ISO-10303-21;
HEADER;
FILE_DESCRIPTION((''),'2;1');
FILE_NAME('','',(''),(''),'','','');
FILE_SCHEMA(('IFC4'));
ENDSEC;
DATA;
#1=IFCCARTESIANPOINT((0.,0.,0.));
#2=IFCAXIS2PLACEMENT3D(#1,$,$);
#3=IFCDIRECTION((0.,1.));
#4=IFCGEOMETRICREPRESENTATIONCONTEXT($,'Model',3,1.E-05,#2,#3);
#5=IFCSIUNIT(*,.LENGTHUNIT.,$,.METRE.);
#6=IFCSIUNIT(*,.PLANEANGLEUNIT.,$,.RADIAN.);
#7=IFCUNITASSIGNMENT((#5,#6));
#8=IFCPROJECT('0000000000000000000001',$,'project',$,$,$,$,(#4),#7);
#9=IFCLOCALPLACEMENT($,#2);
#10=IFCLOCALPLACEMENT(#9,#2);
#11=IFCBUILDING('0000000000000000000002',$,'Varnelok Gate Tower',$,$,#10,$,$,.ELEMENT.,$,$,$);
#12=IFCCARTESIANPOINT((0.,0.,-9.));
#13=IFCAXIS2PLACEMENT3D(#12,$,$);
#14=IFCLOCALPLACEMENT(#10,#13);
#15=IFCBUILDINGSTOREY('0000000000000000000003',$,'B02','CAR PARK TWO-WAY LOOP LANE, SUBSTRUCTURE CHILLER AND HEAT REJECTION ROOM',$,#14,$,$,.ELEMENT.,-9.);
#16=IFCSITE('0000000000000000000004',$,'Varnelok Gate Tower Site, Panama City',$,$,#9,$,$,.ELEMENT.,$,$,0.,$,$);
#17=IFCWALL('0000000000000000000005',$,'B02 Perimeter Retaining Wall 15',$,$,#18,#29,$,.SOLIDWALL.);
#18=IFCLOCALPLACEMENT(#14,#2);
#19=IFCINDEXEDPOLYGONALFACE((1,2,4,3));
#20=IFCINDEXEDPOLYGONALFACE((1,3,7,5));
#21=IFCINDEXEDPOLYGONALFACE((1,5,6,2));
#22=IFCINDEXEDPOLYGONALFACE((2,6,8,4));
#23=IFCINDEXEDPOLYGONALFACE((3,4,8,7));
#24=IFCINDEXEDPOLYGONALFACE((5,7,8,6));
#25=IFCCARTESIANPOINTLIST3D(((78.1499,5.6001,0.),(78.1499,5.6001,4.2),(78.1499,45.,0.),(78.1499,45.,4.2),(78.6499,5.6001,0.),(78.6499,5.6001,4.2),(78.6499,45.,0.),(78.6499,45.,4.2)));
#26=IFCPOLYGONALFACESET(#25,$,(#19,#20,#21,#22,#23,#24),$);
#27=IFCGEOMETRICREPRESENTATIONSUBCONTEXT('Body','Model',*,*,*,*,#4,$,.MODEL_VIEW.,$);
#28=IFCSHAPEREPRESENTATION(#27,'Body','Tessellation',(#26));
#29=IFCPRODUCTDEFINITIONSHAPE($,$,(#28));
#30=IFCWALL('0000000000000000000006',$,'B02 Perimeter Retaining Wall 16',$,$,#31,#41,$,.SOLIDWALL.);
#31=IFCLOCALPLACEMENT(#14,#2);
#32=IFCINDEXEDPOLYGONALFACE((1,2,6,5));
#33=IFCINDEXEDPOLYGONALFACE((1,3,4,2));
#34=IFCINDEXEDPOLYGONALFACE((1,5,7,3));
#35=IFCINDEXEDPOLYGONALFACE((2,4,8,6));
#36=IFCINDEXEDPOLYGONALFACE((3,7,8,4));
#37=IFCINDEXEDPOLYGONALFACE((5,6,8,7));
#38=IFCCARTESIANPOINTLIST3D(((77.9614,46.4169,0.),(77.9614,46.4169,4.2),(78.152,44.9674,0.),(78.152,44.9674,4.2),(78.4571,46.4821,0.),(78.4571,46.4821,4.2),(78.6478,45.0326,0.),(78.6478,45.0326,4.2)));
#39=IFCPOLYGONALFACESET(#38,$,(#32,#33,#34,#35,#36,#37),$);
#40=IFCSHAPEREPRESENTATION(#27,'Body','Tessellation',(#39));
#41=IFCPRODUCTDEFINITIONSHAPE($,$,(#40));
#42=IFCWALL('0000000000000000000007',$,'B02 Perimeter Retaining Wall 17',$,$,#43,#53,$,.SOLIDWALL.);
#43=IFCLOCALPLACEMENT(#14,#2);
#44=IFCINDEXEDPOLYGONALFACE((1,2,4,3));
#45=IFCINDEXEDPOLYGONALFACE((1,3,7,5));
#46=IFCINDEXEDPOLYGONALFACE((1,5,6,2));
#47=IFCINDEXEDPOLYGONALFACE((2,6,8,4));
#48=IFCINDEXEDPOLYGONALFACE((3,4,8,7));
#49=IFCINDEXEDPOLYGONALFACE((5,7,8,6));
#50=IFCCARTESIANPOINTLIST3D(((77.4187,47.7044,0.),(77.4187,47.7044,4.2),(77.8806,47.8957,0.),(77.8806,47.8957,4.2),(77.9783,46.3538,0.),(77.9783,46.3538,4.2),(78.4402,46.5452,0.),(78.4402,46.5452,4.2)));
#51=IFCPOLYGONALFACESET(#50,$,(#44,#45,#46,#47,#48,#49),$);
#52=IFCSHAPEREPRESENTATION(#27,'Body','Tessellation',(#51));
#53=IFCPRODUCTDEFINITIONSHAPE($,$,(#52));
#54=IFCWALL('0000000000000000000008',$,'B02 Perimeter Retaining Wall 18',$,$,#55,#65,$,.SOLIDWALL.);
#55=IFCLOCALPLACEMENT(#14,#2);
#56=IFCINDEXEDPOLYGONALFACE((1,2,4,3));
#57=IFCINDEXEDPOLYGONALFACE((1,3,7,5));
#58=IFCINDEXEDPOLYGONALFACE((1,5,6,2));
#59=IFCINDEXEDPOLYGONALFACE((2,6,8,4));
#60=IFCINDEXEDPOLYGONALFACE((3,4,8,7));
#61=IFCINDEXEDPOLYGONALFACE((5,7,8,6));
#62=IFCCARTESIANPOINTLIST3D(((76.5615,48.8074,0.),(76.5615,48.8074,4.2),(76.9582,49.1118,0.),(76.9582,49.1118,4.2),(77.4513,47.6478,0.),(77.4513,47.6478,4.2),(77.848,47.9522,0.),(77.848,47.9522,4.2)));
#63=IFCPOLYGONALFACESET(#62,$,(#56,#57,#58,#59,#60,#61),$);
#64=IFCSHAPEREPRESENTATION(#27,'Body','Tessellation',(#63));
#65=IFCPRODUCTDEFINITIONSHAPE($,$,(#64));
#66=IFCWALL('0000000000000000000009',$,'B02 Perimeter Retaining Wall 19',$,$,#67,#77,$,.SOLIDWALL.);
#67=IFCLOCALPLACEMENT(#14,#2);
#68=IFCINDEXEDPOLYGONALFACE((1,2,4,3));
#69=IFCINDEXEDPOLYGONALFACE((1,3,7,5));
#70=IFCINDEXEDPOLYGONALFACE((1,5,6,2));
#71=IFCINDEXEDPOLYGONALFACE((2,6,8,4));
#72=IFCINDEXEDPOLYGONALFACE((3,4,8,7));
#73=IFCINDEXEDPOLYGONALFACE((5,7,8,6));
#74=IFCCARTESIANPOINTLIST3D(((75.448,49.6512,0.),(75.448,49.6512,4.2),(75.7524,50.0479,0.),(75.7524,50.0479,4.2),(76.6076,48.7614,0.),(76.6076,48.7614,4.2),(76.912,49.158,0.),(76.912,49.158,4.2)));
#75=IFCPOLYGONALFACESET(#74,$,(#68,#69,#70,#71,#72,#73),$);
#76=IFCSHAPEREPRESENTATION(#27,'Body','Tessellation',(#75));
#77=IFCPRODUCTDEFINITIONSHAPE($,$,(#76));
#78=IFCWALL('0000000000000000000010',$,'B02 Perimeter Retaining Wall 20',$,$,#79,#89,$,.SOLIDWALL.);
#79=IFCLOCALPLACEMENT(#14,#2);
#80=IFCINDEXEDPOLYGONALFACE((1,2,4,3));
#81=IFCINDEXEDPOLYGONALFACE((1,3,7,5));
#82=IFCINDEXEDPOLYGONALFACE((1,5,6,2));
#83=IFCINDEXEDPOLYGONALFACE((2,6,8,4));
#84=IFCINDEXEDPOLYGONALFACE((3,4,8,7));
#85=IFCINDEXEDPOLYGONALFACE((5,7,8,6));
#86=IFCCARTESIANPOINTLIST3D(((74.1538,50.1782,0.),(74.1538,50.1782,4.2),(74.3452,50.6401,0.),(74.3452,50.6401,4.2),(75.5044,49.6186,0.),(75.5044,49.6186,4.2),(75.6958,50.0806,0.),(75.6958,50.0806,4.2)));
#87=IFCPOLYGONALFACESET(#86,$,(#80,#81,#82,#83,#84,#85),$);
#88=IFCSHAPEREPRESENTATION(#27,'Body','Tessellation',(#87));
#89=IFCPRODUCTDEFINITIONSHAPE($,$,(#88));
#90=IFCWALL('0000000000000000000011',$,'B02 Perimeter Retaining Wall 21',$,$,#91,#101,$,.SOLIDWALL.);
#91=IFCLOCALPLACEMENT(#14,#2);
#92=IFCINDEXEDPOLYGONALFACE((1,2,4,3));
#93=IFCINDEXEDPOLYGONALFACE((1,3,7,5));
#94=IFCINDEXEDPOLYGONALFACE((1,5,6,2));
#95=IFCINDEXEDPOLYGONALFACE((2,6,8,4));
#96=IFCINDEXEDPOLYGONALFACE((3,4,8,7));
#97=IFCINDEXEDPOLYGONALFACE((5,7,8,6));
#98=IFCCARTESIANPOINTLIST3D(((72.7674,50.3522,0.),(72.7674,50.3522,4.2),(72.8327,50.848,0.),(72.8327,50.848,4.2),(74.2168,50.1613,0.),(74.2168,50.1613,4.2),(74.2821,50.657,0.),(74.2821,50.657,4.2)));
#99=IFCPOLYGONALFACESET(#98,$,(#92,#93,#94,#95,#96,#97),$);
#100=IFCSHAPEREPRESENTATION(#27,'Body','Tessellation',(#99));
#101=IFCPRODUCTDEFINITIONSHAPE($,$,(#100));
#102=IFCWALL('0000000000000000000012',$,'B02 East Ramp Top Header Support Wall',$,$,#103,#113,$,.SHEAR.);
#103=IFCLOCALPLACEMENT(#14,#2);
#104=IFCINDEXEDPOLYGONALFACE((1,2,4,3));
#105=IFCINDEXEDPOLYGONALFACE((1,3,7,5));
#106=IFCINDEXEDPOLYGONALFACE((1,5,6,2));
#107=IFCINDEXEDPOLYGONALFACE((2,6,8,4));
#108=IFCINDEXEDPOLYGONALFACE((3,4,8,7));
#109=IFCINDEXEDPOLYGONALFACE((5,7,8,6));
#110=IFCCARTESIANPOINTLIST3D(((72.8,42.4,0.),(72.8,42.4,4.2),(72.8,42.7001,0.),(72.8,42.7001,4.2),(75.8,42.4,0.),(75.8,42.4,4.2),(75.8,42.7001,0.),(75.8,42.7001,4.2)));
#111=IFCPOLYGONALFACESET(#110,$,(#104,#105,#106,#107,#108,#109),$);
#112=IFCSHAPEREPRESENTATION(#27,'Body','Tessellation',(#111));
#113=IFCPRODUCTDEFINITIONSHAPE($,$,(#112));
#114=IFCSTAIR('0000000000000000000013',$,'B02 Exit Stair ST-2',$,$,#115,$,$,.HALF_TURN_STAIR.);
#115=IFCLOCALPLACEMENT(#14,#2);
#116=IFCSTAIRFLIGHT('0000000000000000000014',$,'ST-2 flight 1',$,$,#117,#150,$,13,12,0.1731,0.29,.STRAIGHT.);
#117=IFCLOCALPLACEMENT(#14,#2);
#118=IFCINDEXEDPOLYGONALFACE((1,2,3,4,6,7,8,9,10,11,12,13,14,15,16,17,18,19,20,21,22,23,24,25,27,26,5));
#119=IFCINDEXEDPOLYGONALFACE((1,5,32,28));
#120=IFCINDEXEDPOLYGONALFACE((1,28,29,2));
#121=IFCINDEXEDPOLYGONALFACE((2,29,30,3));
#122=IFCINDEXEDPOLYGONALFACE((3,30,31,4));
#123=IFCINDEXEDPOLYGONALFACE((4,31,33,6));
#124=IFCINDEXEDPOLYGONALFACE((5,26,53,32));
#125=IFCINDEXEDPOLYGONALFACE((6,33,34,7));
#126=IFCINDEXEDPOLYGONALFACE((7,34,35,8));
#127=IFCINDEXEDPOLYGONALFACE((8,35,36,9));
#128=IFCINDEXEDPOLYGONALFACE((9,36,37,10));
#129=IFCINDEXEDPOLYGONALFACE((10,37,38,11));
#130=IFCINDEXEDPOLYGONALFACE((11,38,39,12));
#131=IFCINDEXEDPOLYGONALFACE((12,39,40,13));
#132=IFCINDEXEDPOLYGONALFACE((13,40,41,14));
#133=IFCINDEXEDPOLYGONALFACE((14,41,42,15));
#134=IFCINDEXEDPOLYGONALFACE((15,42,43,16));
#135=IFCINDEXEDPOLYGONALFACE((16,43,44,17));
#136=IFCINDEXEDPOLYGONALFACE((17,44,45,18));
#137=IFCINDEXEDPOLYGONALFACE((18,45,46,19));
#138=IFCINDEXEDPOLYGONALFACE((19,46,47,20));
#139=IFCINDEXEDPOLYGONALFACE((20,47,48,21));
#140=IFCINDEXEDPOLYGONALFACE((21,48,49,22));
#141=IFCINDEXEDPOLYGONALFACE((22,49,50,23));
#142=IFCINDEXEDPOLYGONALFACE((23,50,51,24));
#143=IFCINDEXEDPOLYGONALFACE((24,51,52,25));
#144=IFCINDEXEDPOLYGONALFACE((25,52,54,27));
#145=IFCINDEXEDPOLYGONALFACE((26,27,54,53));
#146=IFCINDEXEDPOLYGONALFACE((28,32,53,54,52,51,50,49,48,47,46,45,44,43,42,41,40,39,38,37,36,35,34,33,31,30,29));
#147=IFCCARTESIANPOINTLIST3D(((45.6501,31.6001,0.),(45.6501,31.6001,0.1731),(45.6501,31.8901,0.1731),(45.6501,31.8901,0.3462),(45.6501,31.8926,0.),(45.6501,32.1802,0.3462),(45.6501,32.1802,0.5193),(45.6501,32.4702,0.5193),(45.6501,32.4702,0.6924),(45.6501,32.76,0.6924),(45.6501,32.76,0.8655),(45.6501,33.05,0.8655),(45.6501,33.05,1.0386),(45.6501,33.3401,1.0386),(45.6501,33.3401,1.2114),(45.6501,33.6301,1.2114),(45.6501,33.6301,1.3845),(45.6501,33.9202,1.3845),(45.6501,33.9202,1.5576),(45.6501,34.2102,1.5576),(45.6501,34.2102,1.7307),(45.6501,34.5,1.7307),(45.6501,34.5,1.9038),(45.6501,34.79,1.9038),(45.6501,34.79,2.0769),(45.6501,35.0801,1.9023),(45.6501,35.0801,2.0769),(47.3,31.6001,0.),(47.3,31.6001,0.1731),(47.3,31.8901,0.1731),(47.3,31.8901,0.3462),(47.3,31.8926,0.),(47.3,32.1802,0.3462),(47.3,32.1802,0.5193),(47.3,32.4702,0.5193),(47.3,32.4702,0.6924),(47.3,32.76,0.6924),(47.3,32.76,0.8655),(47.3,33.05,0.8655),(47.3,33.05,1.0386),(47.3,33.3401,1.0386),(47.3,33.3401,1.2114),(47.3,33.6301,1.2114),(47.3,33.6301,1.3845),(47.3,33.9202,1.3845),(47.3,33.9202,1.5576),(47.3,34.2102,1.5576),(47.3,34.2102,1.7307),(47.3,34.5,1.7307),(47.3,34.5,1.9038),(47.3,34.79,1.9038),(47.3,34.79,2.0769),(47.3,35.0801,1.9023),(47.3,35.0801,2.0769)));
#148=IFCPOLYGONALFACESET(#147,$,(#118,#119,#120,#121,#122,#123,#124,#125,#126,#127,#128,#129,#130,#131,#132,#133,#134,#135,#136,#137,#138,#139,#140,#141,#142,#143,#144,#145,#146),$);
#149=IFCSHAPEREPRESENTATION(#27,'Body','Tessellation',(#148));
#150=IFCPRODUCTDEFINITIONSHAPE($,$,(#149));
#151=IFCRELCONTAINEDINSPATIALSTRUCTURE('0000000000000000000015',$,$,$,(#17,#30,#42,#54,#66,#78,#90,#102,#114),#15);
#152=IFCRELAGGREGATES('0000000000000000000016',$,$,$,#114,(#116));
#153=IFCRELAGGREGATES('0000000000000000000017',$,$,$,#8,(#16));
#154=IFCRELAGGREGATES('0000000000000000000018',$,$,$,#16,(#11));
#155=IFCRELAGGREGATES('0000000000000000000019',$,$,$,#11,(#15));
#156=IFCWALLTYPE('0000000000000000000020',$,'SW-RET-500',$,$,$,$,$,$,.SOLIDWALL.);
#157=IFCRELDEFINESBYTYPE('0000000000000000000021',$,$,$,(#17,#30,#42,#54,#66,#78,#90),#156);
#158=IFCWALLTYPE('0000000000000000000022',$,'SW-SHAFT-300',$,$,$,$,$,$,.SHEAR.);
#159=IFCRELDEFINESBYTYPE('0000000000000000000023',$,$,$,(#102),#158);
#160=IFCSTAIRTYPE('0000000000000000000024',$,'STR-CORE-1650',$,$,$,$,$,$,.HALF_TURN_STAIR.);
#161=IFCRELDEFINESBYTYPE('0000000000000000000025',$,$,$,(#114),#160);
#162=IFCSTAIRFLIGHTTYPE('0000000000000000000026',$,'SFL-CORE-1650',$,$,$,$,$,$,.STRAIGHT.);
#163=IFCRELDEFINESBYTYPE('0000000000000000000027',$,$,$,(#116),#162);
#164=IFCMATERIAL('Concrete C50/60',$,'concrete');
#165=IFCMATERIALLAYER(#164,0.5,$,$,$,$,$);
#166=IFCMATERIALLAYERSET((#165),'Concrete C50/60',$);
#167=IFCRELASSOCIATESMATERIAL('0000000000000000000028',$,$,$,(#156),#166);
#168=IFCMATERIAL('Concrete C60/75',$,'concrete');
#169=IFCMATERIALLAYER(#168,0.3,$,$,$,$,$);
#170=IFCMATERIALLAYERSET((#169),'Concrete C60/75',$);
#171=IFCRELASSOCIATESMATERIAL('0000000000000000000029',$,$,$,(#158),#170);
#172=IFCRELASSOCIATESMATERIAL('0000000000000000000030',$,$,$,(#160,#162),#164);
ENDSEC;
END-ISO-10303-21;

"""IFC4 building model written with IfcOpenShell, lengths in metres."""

from ifc_helpers import new_model, si_unit, direction, frame, frame_2d, origin, place, context, subcontext, project, spatial, polyline, rectangle, outline, extrude, material, layer, layer_set, type_object, element, aggregate, save


model = new_model("IFC4")

# Units and contexts
model_context = context("Model", 3, precision=1e-05, world=origin(), true_north=direction((0.0, 1.0)))
body_context = subcontext(model_context, "Body", "Model", "MODEL_VIEW")
ifc_project = project(units=[si_unit("LENGTHUNIT", "METRE"), si_unit("PLANEANGLEUNIT", "RADIAN")], contexts=[model_context])

# Site, building, storey
site_placement = place(None, origin())
site = spatial("IfcSite", under=ifc_project, at=site_placement, Name="Varnelok Gate Tower Site, Panama City", CompositionType="ELEMENT", RefElevation=0.0)
building_placement = place(site_placement, origin())
building = spatial("IfcBuilding", under=site, at=building_placement, Name="Varnelok Gate Tower", CompositionType="ELEMENT")
storey_placement = place(building_placement, frame((0.0, 0.0, -9.0)))
storey = spatial("IfcBuildingStorey", under=building, at=storey_placement, Name="B02", Description="CAR PARK TWO-WAY LOOP LANE, SUBSTRUCTURE CHILLER AND HEAT REJECTION ROOM", CompositionType="ELEMENT", Elevation=-9.0)

# Shared definitions
ifc_material_1 = material(Name="Concrete C50/60", Category="concrete")

# Shared definitions
ifc_material_2 = material(Name="Concrete C60/75", Category="concrete")

# Walls
ifc_layer_1 = layer(ifc_material_1, 0.5)
ifc_layer_set_1 = layer_set([ifc_layer_1], Name="Concrete C50/60")
wall_type_1 = type_object("IfcWallType", Name="SW-RET-500", PredefinedType="SOLIDWALL", material=ifc_layer_set_1)
wall_1_placement = place(storey_placement, frame((78.3999, 45.0, 0.0), z_axis=(0.0, 0.0, 1.0), x_axis=(0.0, -1.0, 0.0)))
element("IfcWall", 1, at=wall_1_placement, inside=storey, type_object=wall_type_1, Name="B02 Perimeter Retaining Wall 15", PredefinedType="SOLIDWALL", context=body_context, shape_type="SweptSolid", body=[
    extrude(rectangle(XDim=39.3999, YDim=0.5, at=frame_2d((19.7, 0.0))), origin(), (0.0, 0.0, 1.0), 4.2),
])
for number, where, z_axis, x_axis, name in (
    (2, (78.2092, 46.4495, 0.0), (0.0, 0.0, 1.0), (0.130424, -0.991458, 0.0), "B02 Perimeter Retaining Wall 16"),
    (3, (77.6497, 47.8, 0.0), (0.0, 0.0, 1.0), (0.382765, -0.923846, 0.0), "B02 Perimeter Retaining Wall 17"),
):
    element("IfcWall", number, at=place(storey_placement, frame(where, z_axis=z_axis, x_axis=x_axis)), inside=storey, type_object=wall_type_1, Name=name, PredefinedType="SOLIDWALL", context=body_context, shape_type="SweptSolid", body=[
        extrude(rectangle(XDim=1.4619, YDim=0.5, at=frame_2d((0.731, 0.0))), origin(), (0.0, 0.0, 1.0), 4.2),
    ])
for number, where, z_axis, x_axis, name in (
    (4, (76.7598, 48.9597, 0.0), (0.0, 0.0, 1.0), (0.608782, -0.793337, 0.0), "B02 Perimeter Retaining Wall 18"),
    (5, (75.6001, 49.8496, 0.0), (0.0, 0.0, 1.0), (0.793337, -0.608782, 0.0), "B02 Perimeter Retaining Wall 19"),
):
    element("IfcWall", number, at=place(storey_placement, frame(where, z_axis=z_axis, x_axis=x_axis)), inside=storey, type_object=wall_type_1, Name=name, PredefinedType="SOLIDWALL", context=body_context, shape_type="SweptSolid", body=[
        extrude(rectangle(XDim=1.4617, YDim=0.5, at=frame_2d((0.731, 0.0))), origin(), (0.0, 0.0, 1.0), 4.2),
    ])
for number, where, z_axis, x_axis, name in (
    (6, (74.2495, 50.4092, 0.0), (0.0, 0.0, 1.0), (0.923846, -0.382765, 0.0), "B02 Perimeter Retaining Wall 20"),
    (7, (72.8, 50.6001, 0.0), (0.0, 0.0, 1.0), (0.991437, -0.130588, 0.0), "B02 Perimeter Retaining Wall 21"),
):
    element("IfcWall", number, at=place(storey_placement, frame(where, z_axis=z_axis, x_axis=x_axis)), inside=storey, type_object=wall_type_1, Name=name, PredefinedType="SOLIDWALL", context=body_context, shape_type="SweptSolid", body=[
        extrude(rectangle(XDim=1.4619, YDim=0.5, at=frame_2d((0.731, 0.0))), origin(), (0.0, 0.0, 1.0), 4.2),
    ])
ifc_layer_2 = layer(ifc_material_2, 0.3)
ifc_layer_set_2 = layer_set([ifc_layer_2], Name="Concrete C60/75")
wall_type_2 = type_object("IfcWallType", Name="SW-SHAFT-300", PredefinedType="SHEAR", material=ifc_layer_set_2)
wall_2_placement = place(storey_placement, frame((72.8, 42.55, 0.0), z_axis=(0.0, 0.0, 1.0), x_axis=(1.0, 0.0, 0.0)))
element("IfcWall", 8, at=wall_2_placement, inside=storey, type_object=wall_type_2, Name="B02 East Ramp Top Header Support Wall", PredefinedType="SHEAR", context=body_context, shape_type="SweptSolid", body=[
    extrude(rectangle(XDim=3.0, YDim=0.3, at=frame_2d((1.5, 0.0))), origin(), (0.0, 0.0, 1.0), 4.2),
])

# Stair, stair flight
stair_type = type_object("IfcStairType", Name="STR-CORE-1650", PredefinedType="HALF_TURN_STAIR", material=ifc_material_1)
stair_placement = place(storey_placement, origin())
stair = element("IfcStair", 9, at=stair_placement, inside=storey, type_object=stair_type, Name="B02 Exit Stair ST-2", PredefinedType="HALF_TURN_STAIR")
stair_flight_type = type_object("IfcStairFlightType", Name="SFL-CORE-1650", PredefinedType="STRAIGHT", material=ifc_material_1)
stair_flight_placement = place(storey_placement, frame((46.4751, 31.6001, 0.0), z_axis=(0.0, 0.0, 1.0), x_axis=(0.0, 1.0, 0.0)))
stair_flight = element("IfcStairFlight", 10, at=stair_flight_placement, type_object=stair_flight_type, Name="ST-2 flight 1", NumberOfRisers=13, NumberOfTreads=12, PredefinedType="STRAIGHT", RiserHeight=0.1731, TreadLength=0.29, context=body_context, shape_type="SweptSolid", body=[
    extrude(outline(polyline([(0.0, 0.0), (0.0, 0.1731), (0.29, 0.1731), (0.29, 0.3462), (0.5801, 0.3462), (0.5801, 0.5193), (0.8701, 0.5193), (0.8701, 0.6924), (1.1599, 0.6924), (1.1599, 0.8655), (1.45, 0.8655), (1.45, 1.0386), (1.74, 1.0386), (1.74, 1.2114), (2.03, 1.2114), (2.03, 1.3845), (2.3201, 1.3845), (2.3201, 1.5576), (2.6101, 1.5576), (2.6101, 1.7307), (2.8999, 1.7307), (2.8999, 1.9038), (3.1899, 1.9038), (3.1899, 2.0769), (3.48, 2.0769), (3.48, 2.25), (3.48, 1.9023), (0.2925, 0.0), (0.0, 0.0)])), frame((0.0, 0.825, 0.0), z_axis=(0.0, -1.0, 0.0), x_axis=(1.0, 0.0, 0.0)), (0.0, 0.0, 1.0), 1.6499),
])
aggregate(stair, [stair_flight])

save(model, "model.ifc")
